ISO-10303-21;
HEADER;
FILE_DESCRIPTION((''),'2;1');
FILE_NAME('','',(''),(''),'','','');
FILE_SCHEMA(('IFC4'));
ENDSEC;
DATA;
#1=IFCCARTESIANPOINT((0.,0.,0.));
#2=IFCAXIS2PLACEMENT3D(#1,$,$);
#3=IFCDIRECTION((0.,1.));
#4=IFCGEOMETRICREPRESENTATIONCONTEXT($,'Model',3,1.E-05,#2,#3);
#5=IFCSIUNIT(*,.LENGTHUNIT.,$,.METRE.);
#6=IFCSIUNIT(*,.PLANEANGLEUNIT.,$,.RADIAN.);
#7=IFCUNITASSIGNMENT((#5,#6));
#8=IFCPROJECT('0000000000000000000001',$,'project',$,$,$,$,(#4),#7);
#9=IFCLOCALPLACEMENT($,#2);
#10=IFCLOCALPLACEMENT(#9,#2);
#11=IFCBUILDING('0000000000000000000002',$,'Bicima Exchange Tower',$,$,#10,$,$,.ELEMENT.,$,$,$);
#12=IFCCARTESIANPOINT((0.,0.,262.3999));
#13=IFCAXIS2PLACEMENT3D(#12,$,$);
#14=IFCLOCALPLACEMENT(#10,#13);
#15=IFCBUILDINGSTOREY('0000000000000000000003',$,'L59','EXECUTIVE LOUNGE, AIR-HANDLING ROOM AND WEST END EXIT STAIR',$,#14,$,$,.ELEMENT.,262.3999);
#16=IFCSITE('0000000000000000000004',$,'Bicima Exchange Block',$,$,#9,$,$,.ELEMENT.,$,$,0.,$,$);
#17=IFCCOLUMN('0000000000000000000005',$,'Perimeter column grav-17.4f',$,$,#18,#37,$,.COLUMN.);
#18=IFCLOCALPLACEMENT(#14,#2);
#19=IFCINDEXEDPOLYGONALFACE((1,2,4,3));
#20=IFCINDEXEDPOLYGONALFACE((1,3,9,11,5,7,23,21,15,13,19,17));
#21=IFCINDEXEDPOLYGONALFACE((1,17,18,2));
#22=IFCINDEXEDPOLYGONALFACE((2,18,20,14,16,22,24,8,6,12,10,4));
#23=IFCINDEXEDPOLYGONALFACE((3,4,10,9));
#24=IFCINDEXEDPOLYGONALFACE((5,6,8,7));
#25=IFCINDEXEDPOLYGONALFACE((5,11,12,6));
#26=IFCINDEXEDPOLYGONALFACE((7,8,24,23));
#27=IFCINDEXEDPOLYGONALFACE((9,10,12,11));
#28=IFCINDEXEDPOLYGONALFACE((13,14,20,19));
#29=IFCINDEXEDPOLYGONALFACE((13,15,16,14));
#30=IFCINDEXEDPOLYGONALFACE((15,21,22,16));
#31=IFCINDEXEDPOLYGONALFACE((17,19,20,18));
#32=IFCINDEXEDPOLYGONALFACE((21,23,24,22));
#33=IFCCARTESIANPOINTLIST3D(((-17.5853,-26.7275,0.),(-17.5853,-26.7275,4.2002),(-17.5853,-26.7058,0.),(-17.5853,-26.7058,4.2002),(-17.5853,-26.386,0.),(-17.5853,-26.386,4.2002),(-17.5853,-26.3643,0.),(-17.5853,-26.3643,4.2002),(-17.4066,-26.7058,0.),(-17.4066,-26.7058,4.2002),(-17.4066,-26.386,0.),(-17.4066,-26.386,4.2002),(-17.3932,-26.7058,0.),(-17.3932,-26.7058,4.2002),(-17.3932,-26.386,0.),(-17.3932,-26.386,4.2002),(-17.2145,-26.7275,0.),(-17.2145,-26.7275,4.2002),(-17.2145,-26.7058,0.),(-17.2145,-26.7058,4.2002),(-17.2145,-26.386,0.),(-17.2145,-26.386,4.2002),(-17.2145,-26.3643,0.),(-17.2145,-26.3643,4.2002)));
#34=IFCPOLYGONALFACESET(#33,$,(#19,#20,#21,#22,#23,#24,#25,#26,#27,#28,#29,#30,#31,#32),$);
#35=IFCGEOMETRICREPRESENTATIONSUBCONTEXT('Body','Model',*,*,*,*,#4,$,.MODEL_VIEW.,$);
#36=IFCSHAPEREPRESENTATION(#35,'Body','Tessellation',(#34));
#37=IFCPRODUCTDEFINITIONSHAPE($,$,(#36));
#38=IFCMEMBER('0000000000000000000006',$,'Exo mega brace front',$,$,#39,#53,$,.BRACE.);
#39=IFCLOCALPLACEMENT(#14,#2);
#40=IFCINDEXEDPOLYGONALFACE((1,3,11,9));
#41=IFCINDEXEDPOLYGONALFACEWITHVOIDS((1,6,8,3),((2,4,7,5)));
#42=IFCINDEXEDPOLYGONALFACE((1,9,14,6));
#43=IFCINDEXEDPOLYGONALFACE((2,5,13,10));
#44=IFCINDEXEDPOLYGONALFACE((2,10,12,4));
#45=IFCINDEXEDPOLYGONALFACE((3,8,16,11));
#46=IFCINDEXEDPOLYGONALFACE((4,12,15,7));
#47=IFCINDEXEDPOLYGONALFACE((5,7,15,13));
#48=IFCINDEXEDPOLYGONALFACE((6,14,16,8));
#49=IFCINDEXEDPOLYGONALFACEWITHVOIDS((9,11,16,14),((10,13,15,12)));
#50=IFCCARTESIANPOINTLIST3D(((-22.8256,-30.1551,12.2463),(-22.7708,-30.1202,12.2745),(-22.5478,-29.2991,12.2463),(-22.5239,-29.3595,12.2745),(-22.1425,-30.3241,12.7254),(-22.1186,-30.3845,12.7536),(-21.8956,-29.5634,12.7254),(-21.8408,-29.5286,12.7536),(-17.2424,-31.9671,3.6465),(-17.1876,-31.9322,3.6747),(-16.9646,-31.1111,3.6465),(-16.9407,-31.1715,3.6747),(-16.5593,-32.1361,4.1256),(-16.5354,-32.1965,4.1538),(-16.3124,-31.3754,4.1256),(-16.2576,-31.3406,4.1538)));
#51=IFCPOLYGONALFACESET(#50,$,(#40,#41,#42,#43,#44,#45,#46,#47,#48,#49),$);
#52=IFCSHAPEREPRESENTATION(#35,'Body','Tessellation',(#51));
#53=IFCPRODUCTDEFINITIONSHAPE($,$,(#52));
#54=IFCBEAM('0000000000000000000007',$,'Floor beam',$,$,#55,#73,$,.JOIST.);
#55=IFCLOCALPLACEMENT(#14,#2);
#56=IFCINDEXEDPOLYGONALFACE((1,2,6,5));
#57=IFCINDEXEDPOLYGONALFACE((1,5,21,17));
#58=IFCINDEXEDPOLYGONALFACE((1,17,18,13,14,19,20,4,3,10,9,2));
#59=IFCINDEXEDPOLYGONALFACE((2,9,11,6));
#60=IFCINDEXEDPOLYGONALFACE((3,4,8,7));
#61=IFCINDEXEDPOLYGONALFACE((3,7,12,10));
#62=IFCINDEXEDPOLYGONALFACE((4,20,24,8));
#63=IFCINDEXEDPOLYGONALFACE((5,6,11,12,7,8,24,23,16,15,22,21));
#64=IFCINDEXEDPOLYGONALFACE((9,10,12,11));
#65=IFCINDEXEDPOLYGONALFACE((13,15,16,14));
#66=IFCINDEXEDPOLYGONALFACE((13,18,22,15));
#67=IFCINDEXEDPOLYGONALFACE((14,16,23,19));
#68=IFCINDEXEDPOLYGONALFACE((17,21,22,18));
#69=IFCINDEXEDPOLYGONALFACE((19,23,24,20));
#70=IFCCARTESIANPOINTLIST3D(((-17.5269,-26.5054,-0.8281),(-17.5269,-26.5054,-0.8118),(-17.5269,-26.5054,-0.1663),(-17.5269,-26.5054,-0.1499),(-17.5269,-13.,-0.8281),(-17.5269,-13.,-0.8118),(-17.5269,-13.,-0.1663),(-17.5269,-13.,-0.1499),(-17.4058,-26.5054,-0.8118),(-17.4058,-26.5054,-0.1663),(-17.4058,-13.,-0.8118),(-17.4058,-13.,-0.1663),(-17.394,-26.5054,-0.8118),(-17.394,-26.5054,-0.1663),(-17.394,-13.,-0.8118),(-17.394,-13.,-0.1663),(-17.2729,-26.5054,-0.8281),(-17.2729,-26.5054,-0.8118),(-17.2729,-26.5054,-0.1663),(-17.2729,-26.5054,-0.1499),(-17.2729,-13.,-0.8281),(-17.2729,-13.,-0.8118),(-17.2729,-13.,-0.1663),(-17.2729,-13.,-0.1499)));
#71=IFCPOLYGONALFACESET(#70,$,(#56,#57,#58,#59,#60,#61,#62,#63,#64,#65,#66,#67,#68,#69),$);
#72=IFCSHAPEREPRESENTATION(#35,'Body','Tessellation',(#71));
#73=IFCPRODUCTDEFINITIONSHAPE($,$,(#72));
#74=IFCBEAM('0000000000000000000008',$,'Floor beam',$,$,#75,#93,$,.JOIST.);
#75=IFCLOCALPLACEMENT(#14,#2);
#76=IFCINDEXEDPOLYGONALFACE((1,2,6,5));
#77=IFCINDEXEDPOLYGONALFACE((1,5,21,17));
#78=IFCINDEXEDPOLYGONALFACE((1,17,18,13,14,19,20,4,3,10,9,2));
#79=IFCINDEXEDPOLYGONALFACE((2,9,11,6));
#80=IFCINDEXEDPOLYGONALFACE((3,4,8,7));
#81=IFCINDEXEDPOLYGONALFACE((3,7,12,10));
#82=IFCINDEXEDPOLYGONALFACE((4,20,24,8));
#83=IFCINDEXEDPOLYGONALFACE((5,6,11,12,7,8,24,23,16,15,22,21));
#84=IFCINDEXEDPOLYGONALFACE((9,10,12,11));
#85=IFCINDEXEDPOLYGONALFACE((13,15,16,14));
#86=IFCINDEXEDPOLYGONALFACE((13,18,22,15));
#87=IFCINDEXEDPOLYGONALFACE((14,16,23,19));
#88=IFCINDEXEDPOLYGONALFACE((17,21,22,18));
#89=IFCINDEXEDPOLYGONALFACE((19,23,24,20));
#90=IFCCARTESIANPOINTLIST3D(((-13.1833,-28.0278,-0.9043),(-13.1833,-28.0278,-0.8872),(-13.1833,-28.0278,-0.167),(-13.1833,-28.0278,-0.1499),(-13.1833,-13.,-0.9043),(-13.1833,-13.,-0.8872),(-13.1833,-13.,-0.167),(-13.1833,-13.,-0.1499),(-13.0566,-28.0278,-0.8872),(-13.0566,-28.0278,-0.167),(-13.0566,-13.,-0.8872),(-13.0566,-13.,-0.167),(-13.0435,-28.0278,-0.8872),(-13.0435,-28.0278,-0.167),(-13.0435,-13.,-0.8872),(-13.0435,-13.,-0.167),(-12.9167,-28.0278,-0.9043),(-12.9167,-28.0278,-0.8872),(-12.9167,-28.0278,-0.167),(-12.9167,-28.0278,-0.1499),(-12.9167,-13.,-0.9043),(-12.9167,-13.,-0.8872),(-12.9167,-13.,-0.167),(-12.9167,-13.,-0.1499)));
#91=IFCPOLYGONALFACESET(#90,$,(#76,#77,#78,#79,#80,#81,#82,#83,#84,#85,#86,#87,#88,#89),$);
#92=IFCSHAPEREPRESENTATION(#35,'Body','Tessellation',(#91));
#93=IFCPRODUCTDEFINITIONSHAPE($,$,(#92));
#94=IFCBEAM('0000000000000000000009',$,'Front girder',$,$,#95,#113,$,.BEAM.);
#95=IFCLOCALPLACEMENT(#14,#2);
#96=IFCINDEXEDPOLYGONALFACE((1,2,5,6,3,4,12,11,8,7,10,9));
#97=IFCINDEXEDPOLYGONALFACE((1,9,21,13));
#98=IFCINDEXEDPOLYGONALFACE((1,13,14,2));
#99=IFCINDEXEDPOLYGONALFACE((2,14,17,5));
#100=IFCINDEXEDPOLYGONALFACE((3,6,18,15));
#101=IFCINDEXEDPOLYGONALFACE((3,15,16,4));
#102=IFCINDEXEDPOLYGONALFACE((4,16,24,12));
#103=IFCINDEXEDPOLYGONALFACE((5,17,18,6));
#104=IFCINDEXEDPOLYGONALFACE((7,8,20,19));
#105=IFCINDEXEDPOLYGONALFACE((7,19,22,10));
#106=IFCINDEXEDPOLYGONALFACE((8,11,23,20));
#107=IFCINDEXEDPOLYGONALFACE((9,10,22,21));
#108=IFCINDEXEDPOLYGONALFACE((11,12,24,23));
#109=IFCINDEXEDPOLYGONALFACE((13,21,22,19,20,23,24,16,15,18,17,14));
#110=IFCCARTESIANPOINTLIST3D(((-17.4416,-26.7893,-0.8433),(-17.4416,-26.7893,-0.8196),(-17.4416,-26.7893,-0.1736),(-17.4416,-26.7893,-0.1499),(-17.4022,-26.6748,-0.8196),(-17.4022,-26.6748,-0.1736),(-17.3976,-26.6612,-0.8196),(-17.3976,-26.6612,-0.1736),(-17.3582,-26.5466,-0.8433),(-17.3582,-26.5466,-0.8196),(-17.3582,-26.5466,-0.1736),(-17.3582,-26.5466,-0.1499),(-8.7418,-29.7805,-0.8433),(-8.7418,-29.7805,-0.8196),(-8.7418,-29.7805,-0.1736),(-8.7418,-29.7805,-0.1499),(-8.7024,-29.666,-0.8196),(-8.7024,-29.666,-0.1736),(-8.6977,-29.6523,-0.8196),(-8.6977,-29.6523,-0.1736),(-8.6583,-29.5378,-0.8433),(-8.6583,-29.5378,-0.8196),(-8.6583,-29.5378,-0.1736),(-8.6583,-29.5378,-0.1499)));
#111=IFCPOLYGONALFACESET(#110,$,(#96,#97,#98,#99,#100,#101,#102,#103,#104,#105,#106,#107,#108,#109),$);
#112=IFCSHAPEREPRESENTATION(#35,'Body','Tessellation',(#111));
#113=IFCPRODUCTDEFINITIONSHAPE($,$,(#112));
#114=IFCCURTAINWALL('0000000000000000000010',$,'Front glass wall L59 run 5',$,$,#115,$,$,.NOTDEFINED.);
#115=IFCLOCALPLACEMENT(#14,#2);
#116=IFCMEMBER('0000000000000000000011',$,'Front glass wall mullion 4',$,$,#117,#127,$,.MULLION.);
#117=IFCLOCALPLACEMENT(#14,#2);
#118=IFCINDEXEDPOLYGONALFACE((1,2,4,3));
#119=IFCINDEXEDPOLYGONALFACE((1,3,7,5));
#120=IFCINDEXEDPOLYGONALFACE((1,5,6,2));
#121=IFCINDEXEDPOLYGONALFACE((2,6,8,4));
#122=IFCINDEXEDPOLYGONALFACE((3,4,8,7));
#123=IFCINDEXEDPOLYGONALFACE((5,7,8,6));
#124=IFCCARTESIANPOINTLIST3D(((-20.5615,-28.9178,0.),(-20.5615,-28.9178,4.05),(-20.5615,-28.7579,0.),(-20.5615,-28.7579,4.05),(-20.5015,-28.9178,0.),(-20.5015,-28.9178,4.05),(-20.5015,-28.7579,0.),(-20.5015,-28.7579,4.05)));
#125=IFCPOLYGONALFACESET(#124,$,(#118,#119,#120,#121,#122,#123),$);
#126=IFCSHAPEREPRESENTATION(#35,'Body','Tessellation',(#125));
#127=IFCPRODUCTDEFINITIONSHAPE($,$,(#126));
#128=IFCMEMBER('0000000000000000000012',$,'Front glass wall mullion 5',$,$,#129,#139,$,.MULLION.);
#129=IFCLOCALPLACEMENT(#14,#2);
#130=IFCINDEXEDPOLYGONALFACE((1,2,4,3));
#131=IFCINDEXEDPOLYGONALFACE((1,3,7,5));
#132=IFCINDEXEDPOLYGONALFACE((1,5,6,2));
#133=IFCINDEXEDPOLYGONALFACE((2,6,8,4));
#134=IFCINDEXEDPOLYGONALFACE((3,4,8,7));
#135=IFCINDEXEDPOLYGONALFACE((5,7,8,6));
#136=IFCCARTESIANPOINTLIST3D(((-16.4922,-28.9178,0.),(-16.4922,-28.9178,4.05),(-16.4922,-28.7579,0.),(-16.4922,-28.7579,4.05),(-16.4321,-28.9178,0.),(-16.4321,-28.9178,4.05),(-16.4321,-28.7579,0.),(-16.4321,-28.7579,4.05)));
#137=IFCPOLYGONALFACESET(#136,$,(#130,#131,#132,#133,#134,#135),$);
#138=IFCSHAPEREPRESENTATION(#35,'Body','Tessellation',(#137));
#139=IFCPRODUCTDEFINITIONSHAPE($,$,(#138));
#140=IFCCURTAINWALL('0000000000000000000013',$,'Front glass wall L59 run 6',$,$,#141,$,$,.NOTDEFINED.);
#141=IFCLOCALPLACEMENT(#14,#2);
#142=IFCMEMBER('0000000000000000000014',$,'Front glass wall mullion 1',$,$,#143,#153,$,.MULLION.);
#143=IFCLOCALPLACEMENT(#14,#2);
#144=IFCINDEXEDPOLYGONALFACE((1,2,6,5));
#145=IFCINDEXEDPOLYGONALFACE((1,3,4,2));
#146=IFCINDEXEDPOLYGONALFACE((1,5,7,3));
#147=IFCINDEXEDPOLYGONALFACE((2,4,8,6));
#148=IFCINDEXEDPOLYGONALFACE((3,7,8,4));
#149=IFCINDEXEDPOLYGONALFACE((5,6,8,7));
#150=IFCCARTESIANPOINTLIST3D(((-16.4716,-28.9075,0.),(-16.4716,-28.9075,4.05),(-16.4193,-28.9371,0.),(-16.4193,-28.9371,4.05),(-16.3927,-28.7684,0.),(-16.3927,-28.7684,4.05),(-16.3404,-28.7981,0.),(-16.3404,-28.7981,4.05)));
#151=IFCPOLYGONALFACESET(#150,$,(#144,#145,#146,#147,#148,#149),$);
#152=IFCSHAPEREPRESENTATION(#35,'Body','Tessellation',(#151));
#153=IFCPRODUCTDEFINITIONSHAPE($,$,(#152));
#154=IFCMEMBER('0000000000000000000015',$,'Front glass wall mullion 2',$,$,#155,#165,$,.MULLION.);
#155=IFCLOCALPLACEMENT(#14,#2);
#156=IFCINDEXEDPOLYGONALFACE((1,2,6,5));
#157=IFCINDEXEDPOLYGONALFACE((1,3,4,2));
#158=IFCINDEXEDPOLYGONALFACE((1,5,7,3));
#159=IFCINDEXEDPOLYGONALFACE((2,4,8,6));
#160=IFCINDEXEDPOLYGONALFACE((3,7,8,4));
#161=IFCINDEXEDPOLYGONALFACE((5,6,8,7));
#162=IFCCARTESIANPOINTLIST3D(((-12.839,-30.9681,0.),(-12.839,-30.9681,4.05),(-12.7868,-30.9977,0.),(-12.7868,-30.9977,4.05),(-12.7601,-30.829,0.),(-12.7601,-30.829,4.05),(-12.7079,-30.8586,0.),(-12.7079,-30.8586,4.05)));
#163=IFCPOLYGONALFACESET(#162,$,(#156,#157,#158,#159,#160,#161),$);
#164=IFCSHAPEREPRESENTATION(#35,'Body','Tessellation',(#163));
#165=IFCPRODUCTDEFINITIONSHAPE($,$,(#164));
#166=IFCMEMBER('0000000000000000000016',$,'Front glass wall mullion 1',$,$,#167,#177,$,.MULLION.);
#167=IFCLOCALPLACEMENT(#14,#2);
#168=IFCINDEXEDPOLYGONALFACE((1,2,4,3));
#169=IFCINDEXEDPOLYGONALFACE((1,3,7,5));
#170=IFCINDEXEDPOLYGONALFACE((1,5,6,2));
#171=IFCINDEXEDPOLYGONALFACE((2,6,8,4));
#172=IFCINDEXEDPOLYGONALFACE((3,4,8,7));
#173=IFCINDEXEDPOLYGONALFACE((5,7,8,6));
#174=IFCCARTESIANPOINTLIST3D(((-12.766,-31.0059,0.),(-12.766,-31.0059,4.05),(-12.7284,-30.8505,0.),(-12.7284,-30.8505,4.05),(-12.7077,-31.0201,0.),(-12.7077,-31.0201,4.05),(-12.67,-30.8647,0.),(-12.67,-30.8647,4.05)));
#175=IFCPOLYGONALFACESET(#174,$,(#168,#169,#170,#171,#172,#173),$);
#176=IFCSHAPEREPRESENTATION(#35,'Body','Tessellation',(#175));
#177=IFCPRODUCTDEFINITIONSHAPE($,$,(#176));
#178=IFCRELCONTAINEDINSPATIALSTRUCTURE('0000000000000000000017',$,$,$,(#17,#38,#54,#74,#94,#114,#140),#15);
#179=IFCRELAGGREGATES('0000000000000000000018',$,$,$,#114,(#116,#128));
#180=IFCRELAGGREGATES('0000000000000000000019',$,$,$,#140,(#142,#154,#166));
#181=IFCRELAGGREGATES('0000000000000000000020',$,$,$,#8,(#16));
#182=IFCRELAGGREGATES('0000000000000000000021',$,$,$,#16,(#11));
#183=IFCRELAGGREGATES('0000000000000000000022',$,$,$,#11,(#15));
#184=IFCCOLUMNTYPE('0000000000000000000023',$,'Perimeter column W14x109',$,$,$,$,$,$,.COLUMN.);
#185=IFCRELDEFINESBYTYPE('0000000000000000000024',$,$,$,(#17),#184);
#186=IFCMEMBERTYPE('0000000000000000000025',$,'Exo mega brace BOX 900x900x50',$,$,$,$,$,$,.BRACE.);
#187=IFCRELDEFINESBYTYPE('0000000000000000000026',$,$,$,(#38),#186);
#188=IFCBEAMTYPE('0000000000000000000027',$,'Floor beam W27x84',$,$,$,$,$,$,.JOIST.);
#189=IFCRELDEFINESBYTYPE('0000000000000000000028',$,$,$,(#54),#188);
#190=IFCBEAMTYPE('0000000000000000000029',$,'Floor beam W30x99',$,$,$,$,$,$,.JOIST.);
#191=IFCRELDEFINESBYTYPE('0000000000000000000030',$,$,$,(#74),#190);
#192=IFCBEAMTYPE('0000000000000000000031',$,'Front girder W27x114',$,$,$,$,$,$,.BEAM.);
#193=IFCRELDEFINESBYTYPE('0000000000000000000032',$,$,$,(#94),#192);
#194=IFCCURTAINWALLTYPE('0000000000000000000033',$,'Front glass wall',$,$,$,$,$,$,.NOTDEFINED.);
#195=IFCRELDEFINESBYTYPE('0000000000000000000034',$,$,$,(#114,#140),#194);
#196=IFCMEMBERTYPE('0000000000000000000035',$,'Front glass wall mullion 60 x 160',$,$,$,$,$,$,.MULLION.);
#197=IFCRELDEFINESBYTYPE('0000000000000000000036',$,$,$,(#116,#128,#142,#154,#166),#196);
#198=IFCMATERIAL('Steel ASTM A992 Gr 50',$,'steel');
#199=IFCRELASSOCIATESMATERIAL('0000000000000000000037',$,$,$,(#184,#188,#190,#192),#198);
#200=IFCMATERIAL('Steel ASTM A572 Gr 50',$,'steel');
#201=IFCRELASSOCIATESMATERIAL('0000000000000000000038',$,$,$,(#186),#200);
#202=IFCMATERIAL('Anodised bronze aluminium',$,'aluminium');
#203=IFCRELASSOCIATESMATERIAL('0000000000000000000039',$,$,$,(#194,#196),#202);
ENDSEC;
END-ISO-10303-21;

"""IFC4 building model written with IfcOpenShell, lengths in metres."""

from ifc_helpers import new_model, si_unit, direction, frame, origin, origin_2d, place, context, subcontext, project, spatial, rectangle, hollow_rectangle, i_section, extrude, material, material_profile, profile_set, type_object, element, aggregate, save


model = new_model("IFC4")

# Units and contexts
model_context = context("Model", 3, precision=1e-05, world=origin(), true_north=direction((0.0, 1.0)))
body_context = subcontext(model_context, "Body", "Model", "MODEL_VIEW")
ifc_project = project(units=[si_unit("LENGTHUNIT", "METRE"), si_unit("PLANEANGLEUNIT", "RADIAN")], contexts=[model_context])

# Site, building, storey
site_placement = place(None, origin())
site = spatial("IfcSite", under=ifc_project, at=site_placement, Name="Bicima Exchange Block", CompositionType="ELEMENT", RefElevation=0.0)
building_placement = place(site_placement, origin())
building = spatial("IfcBuilding", under=site, at=building_placement, Name="Bicima Exchange Tower", CompositionType="ELEMENT")
storey_placement = place(building_placement, frame((0.0, 0.0, 262.3999)))
storey = spatial("IfcBuildingStorey", under=building, at=storey_placement, Name="L59", Description="EXECUTIVE LOUNGE, AIR-HANDLING ROOM AND WEST END EXIT STAIR", CompositionType="ELEMENT", Elevation=262.3999)

# Column
ifc_material_1 = material(Name="Steel ASTM A992 Gr 50", Category="steel")
ifc_material_profile_1 = material_profile(ifc_material_1, i_section(OverallWidth=0.3708, OverallDepth=0.3633, WebThickness=0.0134, FlangeThickness=0.0217, at=origin_2d()))
ifc_profile_set_1 = profile_set([ifc_material_profile_1], Name="Steel ASTM A992 Gr 50")
column_type = type_object("IfcColumnType", Name="Perimeter column W14x109", PredefinedType="COLUMN", material=ifc_profile_set_1)
column_placement = place(storey_placement, frame((-17.3999, -26.5459, 0.0), z_axis=(0.0, 0.0, 1.0), x_axis=(1.0, 0.0, 0.0)))
element("IfcColumn", 1, at=column_placement, inside=storey, type_object=column_type, Name="Perimeter column grav-17.4f", PredefinedType="COLUMN", context=body_context, shape_type="SweptSolid", body=[
    extrude(i_section(OverallWidth=0.3708, OverallDepth=0.3633, WebThickness=0.0134, FlangeThickness=0.0217, at=origin_2d()), origin(), (0.0, 0.0, 1.0), 4.2002),
])

# Member
ifc_material_2 = material(Name="Steel ASTM A572 Gr 50", Category="steel")
ifc_material_profile_2 = material_profile(ifc_material_2, hollow_rectangle(XDim=0.8999, YDim=0.8999, WallThickness=0.05, at=origin_2d()))
ifc_profile_set_2 = profile_set([ifc_material_profile_2], Name="Steel ASTM A572 Gr 50")
member_type_1 = type_object("IfcMemberType", Name="Exo mega brace BOX 900x900x50", PredefinedType="BRACE", material=ifc_profile_set_2)
member_1_placement = place(storey_placement, frame((-16.75, -31.6538, 3.9001), z_axis=(-0.536223, 0.174028, 0.825941), x_axis=(-0.308694, -0.951161, 0.0)))
element("IfcMember", 2, at=member_1_placement, inside=storey, type_object=member_type_1, Name="Exo mega brace front", PredefinedType="BRACE", context=body_context, shape_type="SweptSolid", body=[
    extrude(hollow_rectangle(XDim=0.8999, YDim=0.8999, WallThickness=0.05, at=origin_2d()), origin(), (0.0, 0.0, 1.0), 10.4121),
])

# Beams
ifc_material_profile_3 = material_profile(ifc_material_1, i_section(OverallWidth=0.2539, OverallDepth=0.6782, WebThickness=0.0117, FlangeThickness=0.0164, at=origin_2d()))
ifc_profile_set_3 = profile_set([ifc_material_profile_3], Name="Steel ASTM A992 Gr 50")
beam_type_1 = type_object("IfcBeamType", Name="Floor beam W27x84", PredefinedType="JOIST", material=ifc_profile_set_3)
beam_1_placement = place(storey_placement, frame((-17.3999, -13.0, -0.489), z_axis=(0.0, -1.0, 0.0), x_axis=(1.0, 0.0, 0.0)))
element("IfcBeam", 3, at=beam_1_placement, inside=storey, type_object=beam_type_1, Name="Floor beam", PredefinedType="JOIST", context=body_context, shape_type="SweptSolid", body=[
    extrude(i_section(OverallWidth=0.2539, OverallDepth=0.6782, WebThickness=0.0117, FlangeThickness=0.0164, at=origin_2d()), origin(), (0.0, 0.0, 1.0), 13.5054),
])
ifc_material_profile_4 = material_profile(ifc_material_1, i_section(OverallWidth=0.2666, OverallDepth=0.7544, WebThickness=0.0132, FlangeThickness=0.0171, at=origin_2d()))
ifc_profile_set_4 = profile_set([ifc_material_profile_4], Name="Steel ASTM A992 Gr 50")
beam_type_2 = type_object("IfcBeamType", Name="Floor beam W30x99", PredefinedType="JOIST", material=ifc_profile_set_4)
beam_2_placement = place(storey_placement, frame((-13.05, -13.0, -0.5271), z_axis=(0.0, -1.0, 0.0), x_axis=(1.0, 0.0, 0.0)))
element("IfcBeam", 4, at=beam_2_placement, inside=storey, type_object=beam_type_2, Name="Floor beam", PredefinedType="JOIST", context=body_context, shape_type="SweptSolid", body=[
    extrude(i_section(OverallWidth=0.2666, OverallDepth=0.7544, WebThickness=0.0132, FlangeThickness=0.0171, at=origin_2d()), origin(), (0.0, 0.0, 1.0), 15.0278),
])
ifc_material_profile_5 = material_profile(ifc_material_1, i_section(OverallWidth=0.2566, OverallDepth=0.6934, WebThickness=0.0144, FlangeThickness=0.0237, at=origin_2d()))
ifc_profile_set_5 = profile_set([ifc_material_profile_5], Name="Steel ASTM A992 Gr 50")
beam_type_3 = type_object("IfcBeamType", Name="Front girder W27x114", PredefinedType="BEAM", material=ifc_profile_set_5)
beam_3_placement = place(storey_placement, frame((-17.3999, -26.668, -0.4966), z_axis=(0.945666, -0.325138, 0.0), x_axis=(0.325138, 0.945666, 0.0)))
element("IfcBeam", 5, at=beam_3_placement, inside=storey, type_object=beam_type_3, Name="Front girder", PredefinedType="BEAM", context=body_context, shape_type="SweptSolid", body=[
    extrude(i_section(OverallWidth=0.2566, OverallDepth=0.6934, WebThickness=0.0144, FlangeThickness=0.0237, at=origin_2d()), origin(), (0.0, 0.0, 1.0), 9.1997),
])

# Curtain walls, members
ifc_material_3 = material(Name="Anodised bronze aluminium", Category="aluminium")
curtain_wall_type = type_object("IfcCurtainWallType", Name="Front glass wall", PredefinedType="NOTDEFINED", material=ifc_material_3)
curtain_wall_1_placement = place(storey_placement, origin())
curtain_wall_1 = element("IfcCurtainWall", 6, at=curtain_wall_1_placement, inside=storey, type_object=curtain_wall_type, Name="Front glass wall L59 run 5", PredefinedType="NOTDEFINED")
ifc_material_profile_6 = material_profile(ifc_material_3, rectangle(XDim=0.1599, YDim=0.0601, at=origin_2d()))
ifc_profile_set_6 = profile_set([ifc_material_profile_6], Name="Anodised bronze aluminium")
member_type_2 = type_object("IfcMemberType", Name="Front glass wall mullion 60 x 160", PredefinedType="MULLION", material=ifc_profile_set_6)
member_2_placement = place(storey_placement, frame((-20.5315, -28.8379, 0.0), z_axis=(0.0, 0.0, 1.0), x_axis=(0.0, 1.0, 0.0)))
member_2 = element("IfcMember", 7, at=member_2_placement, type_object=member_type_2, Name="Front glass wall mullion 4", PredefinedType="MULLION", context=body_context, shape_type="SweptSolid", body=[
    extrude(rectangle(XDim=0.1599, YDim=0.0601, at=origin_2d()), origin(), (0.0, 0.0, 1.0), 4.05),
])
member_3_placement = place(storey_placement, frame((-16.4622, -28.8379, 0.0), z_axis=(0.0, 0.0, 1.0), x_axis=(0.0, 1.0, 0.0)))
member_3 = element("IfcMember", 8, at=member_3_placement, type_object=member_type_2, Name="Front glass wall mullion 5", PredefinedType="MULLION", context=body_context, shape_type="SweptSolid", body=[
    extrude(rectangle(XDim=0.1599, YDim=0.0601, at=origin_2d()), origin(), (0.0, 0.0, 1.0), 4.05),
])
curtain_wall_2_placement = place(storey_placement, origin())
curtain_wall_2 = element("IfcCurtainWall", 9, at=curtain_wall_2_placement, inside=storey, type_object=curtain_wall_type, Name="Front glass wall L59 run 6", PredefinedType="NOTDEFINED")
member_4_placement = place(storey_placement, frame((-16.406, -28.8528, 0.0), z_axis=(0.0, 0.0, 1.0), x_axis=(0.493395, 0.869805, 0.0)))
member_4 = element("IfcMember", 10, at=member_4_placement, type_object=member_type_2, Name="Front glass wall mullion 1", PredefinedType="MULLION", context=body_context, shape_type="SweptSolid", body=[
    extrude(rectangle(XDim=0.1599, YDim=0.0601, at=origin_2d()), origin(), (0.0, 0.0, 1.0), 4.05),
])
member_5_placement = place(storey_placement, frame((-12.7734, -30.9133, 0.0), z_axis=(0.0, 0.0, 1.0), x_axis=(0.493395, 0.869805, 0.0)))
member_5 = element("IfcMember", 11, at=member_5_placement, type_object=member_type_2, Name="Front glass wall mullion 2", PredefinedType="MULLION", context=body_context, shape_type="SweptSolid", body=[
    extrude(rectangle(XDim=0.1599, YDim=0.0601, at=origin_2d()), origin(), (0.0, 0.0, 1.0), 4.05),
])
member_6_placement = place(storey_placement, frame((-12.718, -30.9353, 0.0), z_axis=(0.0, 0.0, 1.0), x_axis=(0.235682, 0.97183, 0.0)))
member_6 = element("IfcMember", 12, at=member_6_placement, type_object=member_type_2, Name="Front glass wall mullion 1", PredefinedType="MULLION", context=body_context, shape_type="SweptSolid", body=[
    extrude(rectangle(XDim=0.1599, YDim=0.0601, at=origin_2d()), origin(), (0.0, 0.0, 1.0), 4.05),
])

aggregate(curtain_wall_1, [member_2, member_3])
aggregate(curtain_wall_2, [member_4, member_5, member_6])

save(model, "model.ifc")
